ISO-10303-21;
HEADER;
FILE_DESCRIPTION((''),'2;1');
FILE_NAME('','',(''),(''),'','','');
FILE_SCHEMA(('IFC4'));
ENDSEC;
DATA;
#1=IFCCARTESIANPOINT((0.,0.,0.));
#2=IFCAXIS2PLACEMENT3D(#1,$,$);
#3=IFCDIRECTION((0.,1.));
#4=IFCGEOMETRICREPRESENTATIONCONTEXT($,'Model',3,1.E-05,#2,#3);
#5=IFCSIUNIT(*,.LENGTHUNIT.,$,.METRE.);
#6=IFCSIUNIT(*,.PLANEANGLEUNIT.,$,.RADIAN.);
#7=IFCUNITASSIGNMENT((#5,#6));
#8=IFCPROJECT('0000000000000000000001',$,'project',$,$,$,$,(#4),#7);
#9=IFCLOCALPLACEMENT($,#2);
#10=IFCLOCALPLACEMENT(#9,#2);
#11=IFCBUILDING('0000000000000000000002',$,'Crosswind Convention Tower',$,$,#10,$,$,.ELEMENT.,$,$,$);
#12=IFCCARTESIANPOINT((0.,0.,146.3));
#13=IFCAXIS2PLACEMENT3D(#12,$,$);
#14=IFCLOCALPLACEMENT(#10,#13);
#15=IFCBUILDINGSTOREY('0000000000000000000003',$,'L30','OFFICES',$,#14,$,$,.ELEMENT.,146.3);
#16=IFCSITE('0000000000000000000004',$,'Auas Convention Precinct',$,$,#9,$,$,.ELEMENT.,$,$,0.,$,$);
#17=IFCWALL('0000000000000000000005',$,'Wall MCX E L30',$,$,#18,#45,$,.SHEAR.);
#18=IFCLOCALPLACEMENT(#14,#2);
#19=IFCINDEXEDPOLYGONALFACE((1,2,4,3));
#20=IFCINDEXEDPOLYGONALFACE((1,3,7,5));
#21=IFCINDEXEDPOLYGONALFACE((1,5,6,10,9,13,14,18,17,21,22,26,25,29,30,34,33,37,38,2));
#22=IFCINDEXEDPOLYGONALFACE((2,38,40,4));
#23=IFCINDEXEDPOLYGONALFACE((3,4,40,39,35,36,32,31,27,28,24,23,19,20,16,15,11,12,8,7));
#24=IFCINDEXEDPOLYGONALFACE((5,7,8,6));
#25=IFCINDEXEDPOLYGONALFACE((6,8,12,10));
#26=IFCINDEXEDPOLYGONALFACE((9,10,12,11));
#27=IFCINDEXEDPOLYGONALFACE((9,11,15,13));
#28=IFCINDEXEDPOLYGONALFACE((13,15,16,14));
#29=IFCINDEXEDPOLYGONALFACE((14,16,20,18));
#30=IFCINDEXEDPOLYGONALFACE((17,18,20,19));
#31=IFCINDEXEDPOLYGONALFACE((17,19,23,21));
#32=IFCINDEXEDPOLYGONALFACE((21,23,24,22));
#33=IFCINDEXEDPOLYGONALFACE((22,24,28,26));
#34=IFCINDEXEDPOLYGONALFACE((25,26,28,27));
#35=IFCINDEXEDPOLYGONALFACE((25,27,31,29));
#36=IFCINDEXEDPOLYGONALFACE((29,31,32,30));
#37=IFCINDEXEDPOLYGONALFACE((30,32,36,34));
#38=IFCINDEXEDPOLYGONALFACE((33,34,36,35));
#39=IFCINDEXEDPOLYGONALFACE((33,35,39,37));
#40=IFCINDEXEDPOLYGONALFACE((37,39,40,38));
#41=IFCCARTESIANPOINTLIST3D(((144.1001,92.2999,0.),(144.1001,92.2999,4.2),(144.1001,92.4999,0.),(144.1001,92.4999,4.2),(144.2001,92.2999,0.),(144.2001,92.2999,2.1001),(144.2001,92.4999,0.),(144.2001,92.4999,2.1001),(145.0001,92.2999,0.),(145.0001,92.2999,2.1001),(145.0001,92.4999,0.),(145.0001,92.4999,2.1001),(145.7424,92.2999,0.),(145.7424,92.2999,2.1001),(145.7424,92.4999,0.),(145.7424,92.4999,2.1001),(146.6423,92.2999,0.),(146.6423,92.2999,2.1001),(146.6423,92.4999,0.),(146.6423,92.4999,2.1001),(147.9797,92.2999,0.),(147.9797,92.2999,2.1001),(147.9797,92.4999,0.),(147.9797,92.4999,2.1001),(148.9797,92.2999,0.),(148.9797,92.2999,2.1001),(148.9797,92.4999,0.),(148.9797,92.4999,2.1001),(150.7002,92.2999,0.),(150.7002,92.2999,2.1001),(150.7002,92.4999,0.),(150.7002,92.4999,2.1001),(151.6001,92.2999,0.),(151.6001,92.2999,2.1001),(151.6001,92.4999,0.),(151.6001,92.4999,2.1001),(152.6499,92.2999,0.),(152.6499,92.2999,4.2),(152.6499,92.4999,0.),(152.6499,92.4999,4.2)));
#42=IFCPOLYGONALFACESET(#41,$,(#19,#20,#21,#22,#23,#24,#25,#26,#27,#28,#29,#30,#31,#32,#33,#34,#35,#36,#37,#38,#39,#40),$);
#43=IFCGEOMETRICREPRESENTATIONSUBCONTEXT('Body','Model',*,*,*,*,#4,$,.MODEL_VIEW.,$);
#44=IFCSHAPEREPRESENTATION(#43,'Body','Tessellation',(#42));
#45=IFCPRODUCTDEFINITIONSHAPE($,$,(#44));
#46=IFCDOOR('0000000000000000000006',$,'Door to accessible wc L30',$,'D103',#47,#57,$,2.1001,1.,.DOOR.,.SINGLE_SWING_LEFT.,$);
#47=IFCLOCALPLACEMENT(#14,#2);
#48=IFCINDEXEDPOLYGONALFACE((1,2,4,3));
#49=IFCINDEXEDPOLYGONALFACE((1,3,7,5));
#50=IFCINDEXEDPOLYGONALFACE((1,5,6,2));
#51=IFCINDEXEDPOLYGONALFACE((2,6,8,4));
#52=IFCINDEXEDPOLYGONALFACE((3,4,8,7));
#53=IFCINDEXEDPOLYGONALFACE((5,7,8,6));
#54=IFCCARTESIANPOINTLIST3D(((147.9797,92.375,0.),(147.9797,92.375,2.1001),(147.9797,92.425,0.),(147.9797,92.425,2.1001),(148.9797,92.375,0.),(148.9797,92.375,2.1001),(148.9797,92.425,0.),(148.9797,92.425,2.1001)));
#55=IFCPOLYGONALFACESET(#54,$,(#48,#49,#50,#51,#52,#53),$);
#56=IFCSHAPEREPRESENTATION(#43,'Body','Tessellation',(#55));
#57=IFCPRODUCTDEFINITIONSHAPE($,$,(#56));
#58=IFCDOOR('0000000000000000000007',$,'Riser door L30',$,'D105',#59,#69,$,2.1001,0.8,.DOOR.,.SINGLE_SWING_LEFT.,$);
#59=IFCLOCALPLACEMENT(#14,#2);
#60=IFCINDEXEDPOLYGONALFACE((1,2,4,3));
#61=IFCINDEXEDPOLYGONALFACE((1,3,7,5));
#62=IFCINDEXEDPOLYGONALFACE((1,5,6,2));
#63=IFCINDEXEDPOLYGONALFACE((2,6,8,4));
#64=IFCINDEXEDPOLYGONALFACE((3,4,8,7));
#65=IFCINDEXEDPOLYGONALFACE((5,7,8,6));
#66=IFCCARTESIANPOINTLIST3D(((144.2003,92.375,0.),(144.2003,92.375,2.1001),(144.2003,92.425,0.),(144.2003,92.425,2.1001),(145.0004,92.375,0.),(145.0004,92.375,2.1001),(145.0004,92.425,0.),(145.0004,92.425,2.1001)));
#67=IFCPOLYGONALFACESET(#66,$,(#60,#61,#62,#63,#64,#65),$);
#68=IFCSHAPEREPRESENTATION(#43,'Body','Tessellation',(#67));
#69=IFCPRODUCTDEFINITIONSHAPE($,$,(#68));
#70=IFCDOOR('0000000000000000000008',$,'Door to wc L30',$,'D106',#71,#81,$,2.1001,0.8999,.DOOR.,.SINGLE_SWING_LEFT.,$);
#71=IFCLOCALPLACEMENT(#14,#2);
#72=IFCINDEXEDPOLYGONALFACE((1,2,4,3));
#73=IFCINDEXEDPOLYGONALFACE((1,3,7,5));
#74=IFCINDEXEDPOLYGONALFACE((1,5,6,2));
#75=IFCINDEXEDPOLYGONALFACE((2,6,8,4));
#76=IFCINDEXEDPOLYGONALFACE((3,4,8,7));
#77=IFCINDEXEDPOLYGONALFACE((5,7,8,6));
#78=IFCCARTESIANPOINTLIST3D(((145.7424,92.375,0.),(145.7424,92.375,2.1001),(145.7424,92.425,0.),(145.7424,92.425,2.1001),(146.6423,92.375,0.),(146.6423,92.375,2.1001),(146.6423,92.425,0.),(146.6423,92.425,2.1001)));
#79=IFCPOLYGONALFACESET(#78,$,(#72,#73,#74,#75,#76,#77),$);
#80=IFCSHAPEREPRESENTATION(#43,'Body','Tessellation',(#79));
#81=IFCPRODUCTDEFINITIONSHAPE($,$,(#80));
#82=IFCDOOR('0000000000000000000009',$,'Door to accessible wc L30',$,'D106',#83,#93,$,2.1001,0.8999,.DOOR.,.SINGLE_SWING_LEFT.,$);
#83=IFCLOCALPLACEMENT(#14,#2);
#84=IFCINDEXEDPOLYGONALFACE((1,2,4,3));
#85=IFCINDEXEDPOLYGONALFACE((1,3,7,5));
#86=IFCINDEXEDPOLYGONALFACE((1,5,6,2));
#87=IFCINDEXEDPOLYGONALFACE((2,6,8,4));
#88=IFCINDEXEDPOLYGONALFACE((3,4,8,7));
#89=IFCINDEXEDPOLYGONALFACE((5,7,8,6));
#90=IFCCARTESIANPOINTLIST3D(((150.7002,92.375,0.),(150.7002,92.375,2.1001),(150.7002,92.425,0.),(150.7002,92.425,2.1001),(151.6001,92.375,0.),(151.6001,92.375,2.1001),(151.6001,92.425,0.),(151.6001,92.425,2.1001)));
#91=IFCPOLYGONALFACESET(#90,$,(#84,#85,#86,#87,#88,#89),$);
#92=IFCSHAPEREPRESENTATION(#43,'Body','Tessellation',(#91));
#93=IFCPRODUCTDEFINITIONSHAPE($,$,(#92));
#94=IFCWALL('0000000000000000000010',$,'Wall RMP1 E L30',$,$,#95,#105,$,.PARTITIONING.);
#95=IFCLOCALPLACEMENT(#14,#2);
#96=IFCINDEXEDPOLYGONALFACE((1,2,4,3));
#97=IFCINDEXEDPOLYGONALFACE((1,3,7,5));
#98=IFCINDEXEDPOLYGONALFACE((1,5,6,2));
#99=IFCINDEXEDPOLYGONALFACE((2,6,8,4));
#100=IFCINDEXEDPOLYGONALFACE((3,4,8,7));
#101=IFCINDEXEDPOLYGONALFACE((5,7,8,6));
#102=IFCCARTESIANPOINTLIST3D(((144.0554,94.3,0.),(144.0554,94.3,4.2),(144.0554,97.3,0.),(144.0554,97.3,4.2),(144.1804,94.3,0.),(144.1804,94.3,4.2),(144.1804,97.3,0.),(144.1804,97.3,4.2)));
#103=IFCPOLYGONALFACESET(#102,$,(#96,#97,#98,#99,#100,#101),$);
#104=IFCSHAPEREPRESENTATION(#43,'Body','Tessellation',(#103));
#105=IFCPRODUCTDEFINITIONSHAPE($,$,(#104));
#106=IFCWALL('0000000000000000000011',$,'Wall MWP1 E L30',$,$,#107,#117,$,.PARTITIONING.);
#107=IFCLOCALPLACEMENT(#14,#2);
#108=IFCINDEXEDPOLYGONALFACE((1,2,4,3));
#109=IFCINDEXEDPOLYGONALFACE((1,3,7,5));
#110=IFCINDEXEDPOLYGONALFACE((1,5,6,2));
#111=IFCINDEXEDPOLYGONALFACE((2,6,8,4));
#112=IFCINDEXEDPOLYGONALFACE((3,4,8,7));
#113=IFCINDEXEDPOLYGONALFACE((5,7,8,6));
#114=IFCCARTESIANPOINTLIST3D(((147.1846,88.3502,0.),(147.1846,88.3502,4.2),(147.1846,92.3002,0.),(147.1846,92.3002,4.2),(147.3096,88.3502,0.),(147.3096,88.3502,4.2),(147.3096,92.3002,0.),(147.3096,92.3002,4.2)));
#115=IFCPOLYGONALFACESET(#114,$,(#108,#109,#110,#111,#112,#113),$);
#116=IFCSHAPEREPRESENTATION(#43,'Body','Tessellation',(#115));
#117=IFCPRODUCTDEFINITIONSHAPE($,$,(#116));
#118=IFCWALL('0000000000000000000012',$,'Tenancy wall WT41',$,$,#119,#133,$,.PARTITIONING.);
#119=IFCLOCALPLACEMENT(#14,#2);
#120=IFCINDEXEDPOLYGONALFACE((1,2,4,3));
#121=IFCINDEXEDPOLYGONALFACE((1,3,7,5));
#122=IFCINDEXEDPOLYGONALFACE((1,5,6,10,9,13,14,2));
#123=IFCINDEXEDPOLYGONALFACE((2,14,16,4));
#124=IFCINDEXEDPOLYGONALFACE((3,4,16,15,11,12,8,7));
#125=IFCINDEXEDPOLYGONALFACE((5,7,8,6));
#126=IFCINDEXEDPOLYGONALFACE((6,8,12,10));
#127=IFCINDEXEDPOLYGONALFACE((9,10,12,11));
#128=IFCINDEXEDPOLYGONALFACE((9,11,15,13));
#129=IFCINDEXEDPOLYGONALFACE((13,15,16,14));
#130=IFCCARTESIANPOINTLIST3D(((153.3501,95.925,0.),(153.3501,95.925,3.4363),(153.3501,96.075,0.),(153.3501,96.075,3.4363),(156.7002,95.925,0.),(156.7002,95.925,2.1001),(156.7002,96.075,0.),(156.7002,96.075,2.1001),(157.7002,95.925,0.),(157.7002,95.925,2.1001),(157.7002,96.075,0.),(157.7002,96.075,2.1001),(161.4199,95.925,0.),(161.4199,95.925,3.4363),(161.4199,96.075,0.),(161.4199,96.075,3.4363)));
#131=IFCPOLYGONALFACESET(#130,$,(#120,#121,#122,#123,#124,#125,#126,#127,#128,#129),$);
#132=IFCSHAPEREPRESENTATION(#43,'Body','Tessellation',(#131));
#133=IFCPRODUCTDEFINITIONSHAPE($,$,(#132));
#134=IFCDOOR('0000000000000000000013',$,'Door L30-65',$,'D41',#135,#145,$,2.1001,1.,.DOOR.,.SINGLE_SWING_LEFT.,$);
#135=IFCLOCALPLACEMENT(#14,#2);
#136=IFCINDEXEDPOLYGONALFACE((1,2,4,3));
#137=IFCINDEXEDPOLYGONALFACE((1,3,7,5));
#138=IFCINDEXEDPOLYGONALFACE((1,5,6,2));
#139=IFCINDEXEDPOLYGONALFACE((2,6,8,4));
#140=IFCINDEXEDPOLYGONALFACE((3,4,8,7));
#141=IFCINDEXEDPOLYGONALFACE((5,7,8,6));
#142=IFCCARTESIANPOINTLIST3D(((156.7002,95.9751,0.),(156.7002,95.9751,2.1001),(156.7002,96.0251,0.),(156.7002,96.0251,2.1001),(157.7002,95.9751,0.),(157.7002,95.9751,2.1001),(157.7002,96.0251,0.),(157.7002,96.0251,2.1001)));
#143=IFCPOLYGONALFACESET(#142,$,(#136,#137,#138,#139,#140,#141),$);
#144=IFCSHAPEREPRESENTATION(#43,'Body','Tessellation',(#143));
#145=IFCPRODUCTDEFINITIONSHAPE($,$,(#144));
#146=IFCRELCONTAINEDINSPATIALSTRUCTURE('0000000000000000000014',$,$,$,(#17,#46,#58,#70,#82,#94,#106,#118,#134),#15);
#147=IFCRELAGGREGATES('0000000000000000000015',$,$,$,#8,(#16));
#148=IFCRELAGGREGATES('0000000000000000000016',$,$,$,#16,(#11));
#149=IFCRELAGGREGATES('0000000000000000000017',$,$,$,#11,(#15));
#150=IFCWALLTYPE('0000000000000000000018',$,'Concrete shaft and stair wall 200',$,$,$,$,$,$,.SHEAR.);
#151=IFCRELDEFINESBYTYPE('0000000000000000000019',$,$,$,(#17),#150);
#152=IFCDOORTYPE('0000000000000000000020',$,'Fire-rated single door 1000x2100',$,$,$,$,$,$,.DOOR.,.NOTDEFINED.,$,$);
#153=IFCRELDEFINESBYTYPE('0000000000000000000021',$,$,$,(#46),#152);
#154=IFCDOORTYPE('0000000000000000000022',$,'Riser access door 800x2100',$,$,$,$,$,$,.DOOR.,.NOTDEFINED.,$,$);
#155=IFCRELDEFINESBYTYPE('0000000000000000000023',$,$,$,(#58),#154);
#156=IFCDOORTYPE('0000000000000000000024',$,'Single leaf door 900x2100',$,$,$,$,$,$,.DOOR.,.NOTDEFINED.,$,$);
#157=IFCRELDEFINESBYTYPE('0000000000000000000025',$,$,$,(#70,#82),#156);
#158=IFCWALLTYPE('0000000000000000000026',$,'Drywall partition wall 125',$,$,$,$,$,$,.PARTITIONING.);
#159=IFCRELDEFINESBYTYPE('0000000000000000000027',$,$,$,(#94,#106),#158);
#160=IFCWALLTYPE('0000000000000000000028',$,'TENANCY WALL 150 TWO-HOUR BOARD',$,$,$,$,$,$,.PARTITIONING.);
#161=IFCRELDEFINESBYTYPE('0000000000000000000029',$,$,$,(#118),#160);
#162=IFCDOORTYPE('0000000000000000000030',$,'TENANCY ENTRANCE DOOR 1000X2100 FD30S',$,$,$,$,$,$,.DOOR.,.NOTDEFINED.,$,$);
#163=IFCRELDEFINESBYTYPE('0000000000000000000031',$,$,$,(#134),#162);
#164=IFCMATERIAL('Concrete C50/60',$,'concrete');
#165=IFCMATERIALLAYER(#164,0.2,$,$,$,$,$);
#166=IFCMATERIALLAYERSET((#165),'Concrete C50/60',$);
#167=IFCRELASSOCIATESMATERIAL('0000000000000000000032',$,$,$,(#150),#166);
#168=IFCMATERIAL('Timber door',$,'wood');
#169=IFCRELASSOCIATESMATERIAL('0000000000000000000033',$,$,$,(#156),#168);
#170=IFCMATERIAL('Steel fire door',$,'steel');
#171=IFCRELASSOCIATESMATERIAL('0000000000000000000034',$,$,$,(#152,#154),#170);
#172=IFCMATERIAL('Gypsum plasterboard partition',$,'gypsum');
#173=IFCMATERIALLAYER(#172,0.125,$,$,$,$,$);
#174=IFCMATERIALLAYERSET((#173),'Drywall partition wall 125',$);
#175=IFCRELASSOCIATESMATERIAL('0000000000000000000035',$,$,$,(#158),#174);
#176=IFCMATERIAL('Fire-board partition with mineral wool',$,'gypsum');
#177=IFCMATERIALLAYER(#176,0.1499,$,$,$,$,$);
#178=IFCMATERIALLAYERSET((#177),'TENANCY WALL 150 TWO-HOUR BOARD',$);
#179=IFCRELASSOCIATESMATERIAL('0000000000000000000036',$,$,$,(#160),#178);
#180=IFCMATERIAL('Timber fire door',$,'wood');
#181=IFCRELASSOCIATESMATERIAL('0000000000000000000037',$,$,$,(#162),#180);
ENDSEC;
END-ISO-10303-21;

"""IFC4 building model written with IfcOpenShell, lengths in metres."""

from ifc_helpers import new_model, si_unit, direction, frame, frame_2d, origin, place, context, subcontext, project, spatial, rectangle, extrude, material, layer, layer_set, type_object, element, fill, save


model = new_model("IFC4")

# Units and contexts
model_context = context("Model", 3, precision=1e-05, world=origin(), true_north=direction((0.0, 1.0)))
body_context = subcontext(model_context, "Body", "Model", "MODEL_VIEW")
ifc_project = project(units=[si_unit("LENGTHUNIT", "METRE"), si_unit("PLANEANGLEUNIT", "RADIAN")], contexts=[model_context])

# Site, building, storey
site_placement = place(None, origin())
site = spatial("IfcSite", under=ifc_project, at=site_placement, Name="Auas Convention Precinct", CompositionType="ELEMENT", RefElevation=0.0)
building_placement = place(site_placement, origin())
building = spatial("IfcBuilding", under=site, at=building_placement, Name="Crosswind Convention Tower", CompositionType="ELEMENT")
storey_placement = place(building_placement, frame((0.0, 0.0, 146.3)))
storey = spatial("IfcBuildingStorey", under=building, at=storey_placement, Name="L30", Description="OFFICES", CompositionType="ELEMENT", Elevation=146.3)

# Shared definitions
ifc_material_1 = material(Name="Concrete C50/60", Category="concrete")
ifc_layer_1 = layer(ifc_material_1, 0.2)
ifc_layer_set_1 = layer_set([ifc_layer_1], Name="Concrete C50/60")
wall_type_1 = type_object("IfcWallType", Name="Concrete shaft and stair wall 200", PredefinedType="SHEAR", material=ifc_layer_set_1)

# Shared definitions
ifc_material_2 = material(Name="Timber door", Category="wood")
door_type_1 = type_object("IfcDoorType", Name="Single leaf door 900x2100", OperationType="NOTDEFINED", PredefinedType="DOOR", material=ifc_material_2)

# Wall, openings, doors
wall_1_placement = place(storey_placement, frame((144.1001, 92.3999, 0.0), z_axis=(0.0, 0.0, 1.0), x_axis=(1.0, 0.0, 0.0)))
wall_1 = element("IfcWall", 1, at=wall_1_placement, inside=storey, type_object=wall_type_1, Name="Wall MCX E L30", PredefinedType="SHEAR", context=body_context, shape_type="SweptSolid", body=[
    extrude(rectangle(XDim=8.5498, YDim=0.2, at=frame_2d((4.2749, 0.0))), origin(), (0.0, 0.0, 1.0), 4.2),
])
opening_1_placement = place(wall_1_placement, frame((0.1001, 0.0, 0.0)))
opening_1 = element("IfcOpeningElement", 2, at=opening_1_placement, cuts=wall_1, PredefinedType="OPENING", context=body_context, shape_type="SweptSolid", body=[
    extrude(rectangle(XDim=0.8, YDim=2.1001, at=frame_2d((0.3999, 1.05))), frame((0.0, 0.1099, 0.0), z_axis=(0.0, -1.0, 0.0), x_axis=(1.0, 0.0, 0.0)), (0.0, 0.0, 1.0), 0.22),
])
opening_2_placement = place(wall_1_placement, frame((1.6423, 0.0, 0.0)))
opening_2 = element("IfcOpeningElement", 3, at=opening_2_placement, cuts=wall_1, PredefinedType="OPENING", context=body_context, shape_type="SweptSolid", body=[
    extrude(rectangle(XDim=0.8999, YDim=2.1001, at=frame_2d((0.45, 1.05))), frame((0.0, 0.1099, 0.0), z_axis=(0.0, -1.0, 0.0), x_axis=(1.0, 0.0, 0.0)), (0.0, 0.0, 1.0), 0.22),
])
opening_3_placement = place(wall_1_placement, frame((3.8796, 0.0, 0.0)))
opening_3 = element("IfcOpeningElement", 4, at=opening_3_placement, cuts=wall_1, PredefinedType="OPENING", context=body_context, shape_type="SweptSolid", body=[
    extrude(rectangle(XDim=1.0, YDim=2.1001, at=frame_2d((0.5, 1.05))), frame((0.0, 0.1099, 0.0), z_axis=(0.0, -1.0, 0.0), x_axis=(1.0, 0.0, 0.0)), (0.0, 0.0, 1.0), 0.22),
])
opening_4_placement = place(wall_1_placement, frame((6.6001, 0.0, 0.0)))
opening_4 = element("IfcOpeningElement", 5, at=opening_4_placement, cuts=wall_1, PredefinedType="OPENING", context=body_context, shape_type="SweptSolid", body=[
    extrude(rectangle(XDim=0.8999, YDim=2.1001, at=frame_2d((0.45, 1.05))), frame((0.0, 0.1099, 0.0), z_axis=(0.0, -1.0, 0.0), x_axis=(1.0, 0.0, 0.0)), (0.0, 0.0, 1.0), 0.22),
])
ifc_material_3 = material(Name="Steel fire door", Category="steel")
door_type_2 = type_object("IfcDoorType", Name="Fire-rated single door 1000x2100", OperationType="NOTDEFINED", PredefinedType="DOOR", material=ifc_material_3)
door_1_placement = place(opening_3_placement, frame((1.0, 0.0, 0.0), z_axis=(0.0, 0.0, 1.0), x_axis=(-1.0, 0.0, 0.0)))
door_1 = element("IfcDoor", 6, at=door_1_placement, inside=storey, type_object=door_type_2, Name="Door to accessible wc L30", ObjectType="D103", OperationType="SINGLE_SWING_LEFT", OverallHeight=2.1001, OverallWidth=1.0, PredefinedType="DOOR", context=body_context, shape_type="SweptSolid", body=[
    extrude(rectangle(XDim=1.0, YDim=2.1001, at=frame_2d((0.5, 1.05))), frame((0.0, 0.0249, 0.0), z_axis=(0.0, -1.0, 0.0), x_axis=(1.0, 0.0, 0.0)), (0.0, 0.0, 1.0), 0.05),
])
fill(opening_3, door_1)
door_type_3 = type_object("IfcDoorType", Name="Riser access door 800x2100", OperationType="NOTDEFINED", PredefinedType="DOOR", material=ifc_material_3)
door_2_placement = place(opening_1_placement, frame((0.8, 0.0, 0.0), z_axis=(0.0, 0.0, 1.0), x_axis=(-1.0, 0.0, 0.0)))
door_2 = element("IfcDoor", 7, at=door_2_placement, inside=storey, type_object=door_type_3, Name="Riser door L30", ObjectType="D105", OperationType="SINGLE_SWING_LEFT", OverallHeight=2.1001, OverallWidth=0.8, PredefinedType="DOOR", context=body_context, shape_type="SweptSolid", body=[
    extrude(rectangle(XDim=0.8, YDim=2.1001, at=frame_2d((0.3999, 1.05))), frame((0.0, 0.0249, 0.0), z_axis=(0.0, -1.0, 0.0), x_axis=(1.0, 0.0, 0.0)), (0.0, 0.0, 1.0), 0.05),
])
fill(opening_1, door_2)
door_3_placement = place(opening_2_placement, frame((0.8999, 0.0, 0.0), z_axis=(0.0, 0.0, 1.0), x_axis=(-1.0, 0.0, 0.0)))
door_3 = element("IfcDoor", 8, at=door_3_placement, inside=storey, type_object=door_type_1, Name="Door to wc L30", ObjectType="D106", OperationType="SINGLE_SWING_LEFT", OverallHeight=2.1001, OverallWidth=0.8999, PredefinedType="DOOR", context=body_context, shape_type="SweptSolid", body=[
    extrude(rectangle(XDim=0.8999, YDim=2.1001, at=frame_2d((0.45, 1.05))), frame((0.0, 0.0249, 0.0), z_axis=(0.0, -1.0, 0.0), x_axis=(1.0, 0.0, 0.0)), (0.0, 0.0, 1.0), 0.05),
])
fill(opening_2, door_3)
door_4_placement = place(opening_4_placement, frame((0.8999, 0.0, 0.0), z_axis=(0.0, 0.0, 1.0), x_axis=(-1.0, 0.0, 0.0)))
door_4 = element("IfcDoor", 9, at=door_4_placement, inside=storey, type_object=door_type_1, Name="Door to accessible wc L30", ObjectType="D106", OperationType="SINGLE_SWING_LEFT", OverallHeight=2.1001, OverallWidth=0.8999, PredefinedType="DOOR", context=body_context, shape_type="SweptSolid", body=[
    extrude(rectangle(XDim=0.8999, YDim=2.1001, at=frame_2d((0.45, 1.05))), frame((0.0, 0.0249, 0.0), z_axis=(0.0, -1.0, 0.0), x_axis=(1.0, 0.0, 0.0)), (0.0, 0.0, 1.0), 0.05),
])
fill(opening_4, door_4)

# Walls
ifc_material_4 = material(Name="Gypsum plasterboard partition", Category="gypsum")
ifc_layer_2 = layer(ifc_material_4, 0.125)
ifc_layer_set_2 = layer_set([ifc_layer_2], Name="Drywall partition wall 125")
wall_type_2 = type_object("IfcWallType", Name="Drywall partition wall 125", PredefinedType="PARTITIONING", material=ifc_layer_set_2)
wall_2_placement = place(storey_placement, frame((144.1179, 94.3, 0.0), z_axis=(0.0, 0.0, 1.0), x_axis=(0.0, 1.0, 0.0)))
element("IfcWall", 10, at=wall_2_placement, inside=storey, type_object=wall_type_2, Name="Wall RMP1 E L30", PredefinedType="PARTITIONING", context=body_context, shape_type="SweptSolid", body=[
    extrude(rectangle(XDim=3.0, YDim=0.125, at=frame_2d((1.5, 0.0))), origin(), (0.0, 0.0, 1.0), 4.2),
])
wall_3_placement = place(storey_placement, frame((147.2471, 88.3501, 0.0), z_axis=(0.0, 0.0, 1.0), x_axis=(0.0, 1.0, 0.0)))
element("IfcWall", 11, at=wall_3_placement, inside=storey, type_object=wall_type_2, Name="Wall MWP1 E L30", PredefinedType="PARTITIONING", context=body_context, shape_type="SweptSolid", body=[
    extrude(rectangle(XDim=3.95, YDim=0.125, at=frame_2d((1.9751, 0.0))), origin(), (0.0, 0.0, 1.0), 4.2),
])

# Wall, opening, door
ifc_material_5 = material(Name="Fire-board partition with mineral wool", Category="gypsum")
ifc_layer_3 = layer(ifc_material_5, 0.1499)
ifc_layer_set_3 = layer_set([ifc_layer_3], Name="TENANCY WALL 150 TWO-HOUR BOARD")
wall_type_3 = type_object("IfcWallType", Name="TENANCY WALL 150 TWO-HOUR BOARD", PredefinedType="PARTITIONING", material=ifc_layer_set_3)
wall_4_placement = place(storey_placement, frame((153.3501, 96.0, 0.0), z_axis=(0.0, 0.0, 1.0), x_axis=(1.0, 0.0, 0.0)))
wall_4 = element("IfcWall", 12, at=wall_4_placement, inside=storey, type_object=wall_type_3, Name="Tenancy wall WT41", PredefinedType="PARTITIONING", context=body_context, shape_type="SweptSolid", body=[
    extrude(rectangle(XDim=8.0698, YDim=0.1499, at=frame_2d((4.0349, 0.0))), origin(), (0.0, 0.0, 1.0), 3.4363),
])
opening_5_placement = place(wall_4_placement, frame((3.3501, 0.0, 0.0)))
opening_5 = element("IfcOpeningElement", 13, at=opening_5_placement, cuts=wall_4, PredefinedType="OPENING", context=body_context, shape_type="SweptSolid", body=[
    extrude(rectangle(XDim=1.0, YDim=2.1001, at=frame_2d((0.5, 1.05))), frame((0.0, 0.085, 0.0), z_axis=(0.0, -1.0, 0.0), x_axis=(1.0, 0.0, 0.0)), (0.0, 0.0, 1.0), 0.1699),
])
ifc_material_6 = material(Name="Timber fire door", Category="wood")
door_type_4 = type_object("IfcDoorType", Name="TENANCY ENTRANCE DOOR 1000X2100 FD30S", OperationType="NOTDEFINED", PredefinedType="DOOR", material=ifc_material_6)
door_5_placement = place(opening_5_placement, frame((1.0, 0.0, 0.0), z_axis=(0.0, 0.0, 1.0), x_axis=(-1.0, 0.0, 0.0)))
door_5 = element("IfcDoor", 14, at=door_5_placement, inside=storey, type_object=door_type_4, Name="Door L30-65", ObjectType="D41", OperationType="SINGLE_SWING_LEFT", OverallHeight=2.1001, OverallWidth=1.0, PredefinedType="DOOR", context=body_context, shape_type="SweptSolid", body=[
    extrude(rectangle(XDim=1.0, YDim=2.1001, at=frame_2d((0.5, 1.05))), frame((0.0, 0.0249, 0.0), z_axis=(0.0, -1.0, 0.0), x_axis=(1.0, 0.0, 0.0)), (0.0, 0.0, 1.0), 0.05),
])
fill(opening_5, door_5)

save(model, "model.ifc")
